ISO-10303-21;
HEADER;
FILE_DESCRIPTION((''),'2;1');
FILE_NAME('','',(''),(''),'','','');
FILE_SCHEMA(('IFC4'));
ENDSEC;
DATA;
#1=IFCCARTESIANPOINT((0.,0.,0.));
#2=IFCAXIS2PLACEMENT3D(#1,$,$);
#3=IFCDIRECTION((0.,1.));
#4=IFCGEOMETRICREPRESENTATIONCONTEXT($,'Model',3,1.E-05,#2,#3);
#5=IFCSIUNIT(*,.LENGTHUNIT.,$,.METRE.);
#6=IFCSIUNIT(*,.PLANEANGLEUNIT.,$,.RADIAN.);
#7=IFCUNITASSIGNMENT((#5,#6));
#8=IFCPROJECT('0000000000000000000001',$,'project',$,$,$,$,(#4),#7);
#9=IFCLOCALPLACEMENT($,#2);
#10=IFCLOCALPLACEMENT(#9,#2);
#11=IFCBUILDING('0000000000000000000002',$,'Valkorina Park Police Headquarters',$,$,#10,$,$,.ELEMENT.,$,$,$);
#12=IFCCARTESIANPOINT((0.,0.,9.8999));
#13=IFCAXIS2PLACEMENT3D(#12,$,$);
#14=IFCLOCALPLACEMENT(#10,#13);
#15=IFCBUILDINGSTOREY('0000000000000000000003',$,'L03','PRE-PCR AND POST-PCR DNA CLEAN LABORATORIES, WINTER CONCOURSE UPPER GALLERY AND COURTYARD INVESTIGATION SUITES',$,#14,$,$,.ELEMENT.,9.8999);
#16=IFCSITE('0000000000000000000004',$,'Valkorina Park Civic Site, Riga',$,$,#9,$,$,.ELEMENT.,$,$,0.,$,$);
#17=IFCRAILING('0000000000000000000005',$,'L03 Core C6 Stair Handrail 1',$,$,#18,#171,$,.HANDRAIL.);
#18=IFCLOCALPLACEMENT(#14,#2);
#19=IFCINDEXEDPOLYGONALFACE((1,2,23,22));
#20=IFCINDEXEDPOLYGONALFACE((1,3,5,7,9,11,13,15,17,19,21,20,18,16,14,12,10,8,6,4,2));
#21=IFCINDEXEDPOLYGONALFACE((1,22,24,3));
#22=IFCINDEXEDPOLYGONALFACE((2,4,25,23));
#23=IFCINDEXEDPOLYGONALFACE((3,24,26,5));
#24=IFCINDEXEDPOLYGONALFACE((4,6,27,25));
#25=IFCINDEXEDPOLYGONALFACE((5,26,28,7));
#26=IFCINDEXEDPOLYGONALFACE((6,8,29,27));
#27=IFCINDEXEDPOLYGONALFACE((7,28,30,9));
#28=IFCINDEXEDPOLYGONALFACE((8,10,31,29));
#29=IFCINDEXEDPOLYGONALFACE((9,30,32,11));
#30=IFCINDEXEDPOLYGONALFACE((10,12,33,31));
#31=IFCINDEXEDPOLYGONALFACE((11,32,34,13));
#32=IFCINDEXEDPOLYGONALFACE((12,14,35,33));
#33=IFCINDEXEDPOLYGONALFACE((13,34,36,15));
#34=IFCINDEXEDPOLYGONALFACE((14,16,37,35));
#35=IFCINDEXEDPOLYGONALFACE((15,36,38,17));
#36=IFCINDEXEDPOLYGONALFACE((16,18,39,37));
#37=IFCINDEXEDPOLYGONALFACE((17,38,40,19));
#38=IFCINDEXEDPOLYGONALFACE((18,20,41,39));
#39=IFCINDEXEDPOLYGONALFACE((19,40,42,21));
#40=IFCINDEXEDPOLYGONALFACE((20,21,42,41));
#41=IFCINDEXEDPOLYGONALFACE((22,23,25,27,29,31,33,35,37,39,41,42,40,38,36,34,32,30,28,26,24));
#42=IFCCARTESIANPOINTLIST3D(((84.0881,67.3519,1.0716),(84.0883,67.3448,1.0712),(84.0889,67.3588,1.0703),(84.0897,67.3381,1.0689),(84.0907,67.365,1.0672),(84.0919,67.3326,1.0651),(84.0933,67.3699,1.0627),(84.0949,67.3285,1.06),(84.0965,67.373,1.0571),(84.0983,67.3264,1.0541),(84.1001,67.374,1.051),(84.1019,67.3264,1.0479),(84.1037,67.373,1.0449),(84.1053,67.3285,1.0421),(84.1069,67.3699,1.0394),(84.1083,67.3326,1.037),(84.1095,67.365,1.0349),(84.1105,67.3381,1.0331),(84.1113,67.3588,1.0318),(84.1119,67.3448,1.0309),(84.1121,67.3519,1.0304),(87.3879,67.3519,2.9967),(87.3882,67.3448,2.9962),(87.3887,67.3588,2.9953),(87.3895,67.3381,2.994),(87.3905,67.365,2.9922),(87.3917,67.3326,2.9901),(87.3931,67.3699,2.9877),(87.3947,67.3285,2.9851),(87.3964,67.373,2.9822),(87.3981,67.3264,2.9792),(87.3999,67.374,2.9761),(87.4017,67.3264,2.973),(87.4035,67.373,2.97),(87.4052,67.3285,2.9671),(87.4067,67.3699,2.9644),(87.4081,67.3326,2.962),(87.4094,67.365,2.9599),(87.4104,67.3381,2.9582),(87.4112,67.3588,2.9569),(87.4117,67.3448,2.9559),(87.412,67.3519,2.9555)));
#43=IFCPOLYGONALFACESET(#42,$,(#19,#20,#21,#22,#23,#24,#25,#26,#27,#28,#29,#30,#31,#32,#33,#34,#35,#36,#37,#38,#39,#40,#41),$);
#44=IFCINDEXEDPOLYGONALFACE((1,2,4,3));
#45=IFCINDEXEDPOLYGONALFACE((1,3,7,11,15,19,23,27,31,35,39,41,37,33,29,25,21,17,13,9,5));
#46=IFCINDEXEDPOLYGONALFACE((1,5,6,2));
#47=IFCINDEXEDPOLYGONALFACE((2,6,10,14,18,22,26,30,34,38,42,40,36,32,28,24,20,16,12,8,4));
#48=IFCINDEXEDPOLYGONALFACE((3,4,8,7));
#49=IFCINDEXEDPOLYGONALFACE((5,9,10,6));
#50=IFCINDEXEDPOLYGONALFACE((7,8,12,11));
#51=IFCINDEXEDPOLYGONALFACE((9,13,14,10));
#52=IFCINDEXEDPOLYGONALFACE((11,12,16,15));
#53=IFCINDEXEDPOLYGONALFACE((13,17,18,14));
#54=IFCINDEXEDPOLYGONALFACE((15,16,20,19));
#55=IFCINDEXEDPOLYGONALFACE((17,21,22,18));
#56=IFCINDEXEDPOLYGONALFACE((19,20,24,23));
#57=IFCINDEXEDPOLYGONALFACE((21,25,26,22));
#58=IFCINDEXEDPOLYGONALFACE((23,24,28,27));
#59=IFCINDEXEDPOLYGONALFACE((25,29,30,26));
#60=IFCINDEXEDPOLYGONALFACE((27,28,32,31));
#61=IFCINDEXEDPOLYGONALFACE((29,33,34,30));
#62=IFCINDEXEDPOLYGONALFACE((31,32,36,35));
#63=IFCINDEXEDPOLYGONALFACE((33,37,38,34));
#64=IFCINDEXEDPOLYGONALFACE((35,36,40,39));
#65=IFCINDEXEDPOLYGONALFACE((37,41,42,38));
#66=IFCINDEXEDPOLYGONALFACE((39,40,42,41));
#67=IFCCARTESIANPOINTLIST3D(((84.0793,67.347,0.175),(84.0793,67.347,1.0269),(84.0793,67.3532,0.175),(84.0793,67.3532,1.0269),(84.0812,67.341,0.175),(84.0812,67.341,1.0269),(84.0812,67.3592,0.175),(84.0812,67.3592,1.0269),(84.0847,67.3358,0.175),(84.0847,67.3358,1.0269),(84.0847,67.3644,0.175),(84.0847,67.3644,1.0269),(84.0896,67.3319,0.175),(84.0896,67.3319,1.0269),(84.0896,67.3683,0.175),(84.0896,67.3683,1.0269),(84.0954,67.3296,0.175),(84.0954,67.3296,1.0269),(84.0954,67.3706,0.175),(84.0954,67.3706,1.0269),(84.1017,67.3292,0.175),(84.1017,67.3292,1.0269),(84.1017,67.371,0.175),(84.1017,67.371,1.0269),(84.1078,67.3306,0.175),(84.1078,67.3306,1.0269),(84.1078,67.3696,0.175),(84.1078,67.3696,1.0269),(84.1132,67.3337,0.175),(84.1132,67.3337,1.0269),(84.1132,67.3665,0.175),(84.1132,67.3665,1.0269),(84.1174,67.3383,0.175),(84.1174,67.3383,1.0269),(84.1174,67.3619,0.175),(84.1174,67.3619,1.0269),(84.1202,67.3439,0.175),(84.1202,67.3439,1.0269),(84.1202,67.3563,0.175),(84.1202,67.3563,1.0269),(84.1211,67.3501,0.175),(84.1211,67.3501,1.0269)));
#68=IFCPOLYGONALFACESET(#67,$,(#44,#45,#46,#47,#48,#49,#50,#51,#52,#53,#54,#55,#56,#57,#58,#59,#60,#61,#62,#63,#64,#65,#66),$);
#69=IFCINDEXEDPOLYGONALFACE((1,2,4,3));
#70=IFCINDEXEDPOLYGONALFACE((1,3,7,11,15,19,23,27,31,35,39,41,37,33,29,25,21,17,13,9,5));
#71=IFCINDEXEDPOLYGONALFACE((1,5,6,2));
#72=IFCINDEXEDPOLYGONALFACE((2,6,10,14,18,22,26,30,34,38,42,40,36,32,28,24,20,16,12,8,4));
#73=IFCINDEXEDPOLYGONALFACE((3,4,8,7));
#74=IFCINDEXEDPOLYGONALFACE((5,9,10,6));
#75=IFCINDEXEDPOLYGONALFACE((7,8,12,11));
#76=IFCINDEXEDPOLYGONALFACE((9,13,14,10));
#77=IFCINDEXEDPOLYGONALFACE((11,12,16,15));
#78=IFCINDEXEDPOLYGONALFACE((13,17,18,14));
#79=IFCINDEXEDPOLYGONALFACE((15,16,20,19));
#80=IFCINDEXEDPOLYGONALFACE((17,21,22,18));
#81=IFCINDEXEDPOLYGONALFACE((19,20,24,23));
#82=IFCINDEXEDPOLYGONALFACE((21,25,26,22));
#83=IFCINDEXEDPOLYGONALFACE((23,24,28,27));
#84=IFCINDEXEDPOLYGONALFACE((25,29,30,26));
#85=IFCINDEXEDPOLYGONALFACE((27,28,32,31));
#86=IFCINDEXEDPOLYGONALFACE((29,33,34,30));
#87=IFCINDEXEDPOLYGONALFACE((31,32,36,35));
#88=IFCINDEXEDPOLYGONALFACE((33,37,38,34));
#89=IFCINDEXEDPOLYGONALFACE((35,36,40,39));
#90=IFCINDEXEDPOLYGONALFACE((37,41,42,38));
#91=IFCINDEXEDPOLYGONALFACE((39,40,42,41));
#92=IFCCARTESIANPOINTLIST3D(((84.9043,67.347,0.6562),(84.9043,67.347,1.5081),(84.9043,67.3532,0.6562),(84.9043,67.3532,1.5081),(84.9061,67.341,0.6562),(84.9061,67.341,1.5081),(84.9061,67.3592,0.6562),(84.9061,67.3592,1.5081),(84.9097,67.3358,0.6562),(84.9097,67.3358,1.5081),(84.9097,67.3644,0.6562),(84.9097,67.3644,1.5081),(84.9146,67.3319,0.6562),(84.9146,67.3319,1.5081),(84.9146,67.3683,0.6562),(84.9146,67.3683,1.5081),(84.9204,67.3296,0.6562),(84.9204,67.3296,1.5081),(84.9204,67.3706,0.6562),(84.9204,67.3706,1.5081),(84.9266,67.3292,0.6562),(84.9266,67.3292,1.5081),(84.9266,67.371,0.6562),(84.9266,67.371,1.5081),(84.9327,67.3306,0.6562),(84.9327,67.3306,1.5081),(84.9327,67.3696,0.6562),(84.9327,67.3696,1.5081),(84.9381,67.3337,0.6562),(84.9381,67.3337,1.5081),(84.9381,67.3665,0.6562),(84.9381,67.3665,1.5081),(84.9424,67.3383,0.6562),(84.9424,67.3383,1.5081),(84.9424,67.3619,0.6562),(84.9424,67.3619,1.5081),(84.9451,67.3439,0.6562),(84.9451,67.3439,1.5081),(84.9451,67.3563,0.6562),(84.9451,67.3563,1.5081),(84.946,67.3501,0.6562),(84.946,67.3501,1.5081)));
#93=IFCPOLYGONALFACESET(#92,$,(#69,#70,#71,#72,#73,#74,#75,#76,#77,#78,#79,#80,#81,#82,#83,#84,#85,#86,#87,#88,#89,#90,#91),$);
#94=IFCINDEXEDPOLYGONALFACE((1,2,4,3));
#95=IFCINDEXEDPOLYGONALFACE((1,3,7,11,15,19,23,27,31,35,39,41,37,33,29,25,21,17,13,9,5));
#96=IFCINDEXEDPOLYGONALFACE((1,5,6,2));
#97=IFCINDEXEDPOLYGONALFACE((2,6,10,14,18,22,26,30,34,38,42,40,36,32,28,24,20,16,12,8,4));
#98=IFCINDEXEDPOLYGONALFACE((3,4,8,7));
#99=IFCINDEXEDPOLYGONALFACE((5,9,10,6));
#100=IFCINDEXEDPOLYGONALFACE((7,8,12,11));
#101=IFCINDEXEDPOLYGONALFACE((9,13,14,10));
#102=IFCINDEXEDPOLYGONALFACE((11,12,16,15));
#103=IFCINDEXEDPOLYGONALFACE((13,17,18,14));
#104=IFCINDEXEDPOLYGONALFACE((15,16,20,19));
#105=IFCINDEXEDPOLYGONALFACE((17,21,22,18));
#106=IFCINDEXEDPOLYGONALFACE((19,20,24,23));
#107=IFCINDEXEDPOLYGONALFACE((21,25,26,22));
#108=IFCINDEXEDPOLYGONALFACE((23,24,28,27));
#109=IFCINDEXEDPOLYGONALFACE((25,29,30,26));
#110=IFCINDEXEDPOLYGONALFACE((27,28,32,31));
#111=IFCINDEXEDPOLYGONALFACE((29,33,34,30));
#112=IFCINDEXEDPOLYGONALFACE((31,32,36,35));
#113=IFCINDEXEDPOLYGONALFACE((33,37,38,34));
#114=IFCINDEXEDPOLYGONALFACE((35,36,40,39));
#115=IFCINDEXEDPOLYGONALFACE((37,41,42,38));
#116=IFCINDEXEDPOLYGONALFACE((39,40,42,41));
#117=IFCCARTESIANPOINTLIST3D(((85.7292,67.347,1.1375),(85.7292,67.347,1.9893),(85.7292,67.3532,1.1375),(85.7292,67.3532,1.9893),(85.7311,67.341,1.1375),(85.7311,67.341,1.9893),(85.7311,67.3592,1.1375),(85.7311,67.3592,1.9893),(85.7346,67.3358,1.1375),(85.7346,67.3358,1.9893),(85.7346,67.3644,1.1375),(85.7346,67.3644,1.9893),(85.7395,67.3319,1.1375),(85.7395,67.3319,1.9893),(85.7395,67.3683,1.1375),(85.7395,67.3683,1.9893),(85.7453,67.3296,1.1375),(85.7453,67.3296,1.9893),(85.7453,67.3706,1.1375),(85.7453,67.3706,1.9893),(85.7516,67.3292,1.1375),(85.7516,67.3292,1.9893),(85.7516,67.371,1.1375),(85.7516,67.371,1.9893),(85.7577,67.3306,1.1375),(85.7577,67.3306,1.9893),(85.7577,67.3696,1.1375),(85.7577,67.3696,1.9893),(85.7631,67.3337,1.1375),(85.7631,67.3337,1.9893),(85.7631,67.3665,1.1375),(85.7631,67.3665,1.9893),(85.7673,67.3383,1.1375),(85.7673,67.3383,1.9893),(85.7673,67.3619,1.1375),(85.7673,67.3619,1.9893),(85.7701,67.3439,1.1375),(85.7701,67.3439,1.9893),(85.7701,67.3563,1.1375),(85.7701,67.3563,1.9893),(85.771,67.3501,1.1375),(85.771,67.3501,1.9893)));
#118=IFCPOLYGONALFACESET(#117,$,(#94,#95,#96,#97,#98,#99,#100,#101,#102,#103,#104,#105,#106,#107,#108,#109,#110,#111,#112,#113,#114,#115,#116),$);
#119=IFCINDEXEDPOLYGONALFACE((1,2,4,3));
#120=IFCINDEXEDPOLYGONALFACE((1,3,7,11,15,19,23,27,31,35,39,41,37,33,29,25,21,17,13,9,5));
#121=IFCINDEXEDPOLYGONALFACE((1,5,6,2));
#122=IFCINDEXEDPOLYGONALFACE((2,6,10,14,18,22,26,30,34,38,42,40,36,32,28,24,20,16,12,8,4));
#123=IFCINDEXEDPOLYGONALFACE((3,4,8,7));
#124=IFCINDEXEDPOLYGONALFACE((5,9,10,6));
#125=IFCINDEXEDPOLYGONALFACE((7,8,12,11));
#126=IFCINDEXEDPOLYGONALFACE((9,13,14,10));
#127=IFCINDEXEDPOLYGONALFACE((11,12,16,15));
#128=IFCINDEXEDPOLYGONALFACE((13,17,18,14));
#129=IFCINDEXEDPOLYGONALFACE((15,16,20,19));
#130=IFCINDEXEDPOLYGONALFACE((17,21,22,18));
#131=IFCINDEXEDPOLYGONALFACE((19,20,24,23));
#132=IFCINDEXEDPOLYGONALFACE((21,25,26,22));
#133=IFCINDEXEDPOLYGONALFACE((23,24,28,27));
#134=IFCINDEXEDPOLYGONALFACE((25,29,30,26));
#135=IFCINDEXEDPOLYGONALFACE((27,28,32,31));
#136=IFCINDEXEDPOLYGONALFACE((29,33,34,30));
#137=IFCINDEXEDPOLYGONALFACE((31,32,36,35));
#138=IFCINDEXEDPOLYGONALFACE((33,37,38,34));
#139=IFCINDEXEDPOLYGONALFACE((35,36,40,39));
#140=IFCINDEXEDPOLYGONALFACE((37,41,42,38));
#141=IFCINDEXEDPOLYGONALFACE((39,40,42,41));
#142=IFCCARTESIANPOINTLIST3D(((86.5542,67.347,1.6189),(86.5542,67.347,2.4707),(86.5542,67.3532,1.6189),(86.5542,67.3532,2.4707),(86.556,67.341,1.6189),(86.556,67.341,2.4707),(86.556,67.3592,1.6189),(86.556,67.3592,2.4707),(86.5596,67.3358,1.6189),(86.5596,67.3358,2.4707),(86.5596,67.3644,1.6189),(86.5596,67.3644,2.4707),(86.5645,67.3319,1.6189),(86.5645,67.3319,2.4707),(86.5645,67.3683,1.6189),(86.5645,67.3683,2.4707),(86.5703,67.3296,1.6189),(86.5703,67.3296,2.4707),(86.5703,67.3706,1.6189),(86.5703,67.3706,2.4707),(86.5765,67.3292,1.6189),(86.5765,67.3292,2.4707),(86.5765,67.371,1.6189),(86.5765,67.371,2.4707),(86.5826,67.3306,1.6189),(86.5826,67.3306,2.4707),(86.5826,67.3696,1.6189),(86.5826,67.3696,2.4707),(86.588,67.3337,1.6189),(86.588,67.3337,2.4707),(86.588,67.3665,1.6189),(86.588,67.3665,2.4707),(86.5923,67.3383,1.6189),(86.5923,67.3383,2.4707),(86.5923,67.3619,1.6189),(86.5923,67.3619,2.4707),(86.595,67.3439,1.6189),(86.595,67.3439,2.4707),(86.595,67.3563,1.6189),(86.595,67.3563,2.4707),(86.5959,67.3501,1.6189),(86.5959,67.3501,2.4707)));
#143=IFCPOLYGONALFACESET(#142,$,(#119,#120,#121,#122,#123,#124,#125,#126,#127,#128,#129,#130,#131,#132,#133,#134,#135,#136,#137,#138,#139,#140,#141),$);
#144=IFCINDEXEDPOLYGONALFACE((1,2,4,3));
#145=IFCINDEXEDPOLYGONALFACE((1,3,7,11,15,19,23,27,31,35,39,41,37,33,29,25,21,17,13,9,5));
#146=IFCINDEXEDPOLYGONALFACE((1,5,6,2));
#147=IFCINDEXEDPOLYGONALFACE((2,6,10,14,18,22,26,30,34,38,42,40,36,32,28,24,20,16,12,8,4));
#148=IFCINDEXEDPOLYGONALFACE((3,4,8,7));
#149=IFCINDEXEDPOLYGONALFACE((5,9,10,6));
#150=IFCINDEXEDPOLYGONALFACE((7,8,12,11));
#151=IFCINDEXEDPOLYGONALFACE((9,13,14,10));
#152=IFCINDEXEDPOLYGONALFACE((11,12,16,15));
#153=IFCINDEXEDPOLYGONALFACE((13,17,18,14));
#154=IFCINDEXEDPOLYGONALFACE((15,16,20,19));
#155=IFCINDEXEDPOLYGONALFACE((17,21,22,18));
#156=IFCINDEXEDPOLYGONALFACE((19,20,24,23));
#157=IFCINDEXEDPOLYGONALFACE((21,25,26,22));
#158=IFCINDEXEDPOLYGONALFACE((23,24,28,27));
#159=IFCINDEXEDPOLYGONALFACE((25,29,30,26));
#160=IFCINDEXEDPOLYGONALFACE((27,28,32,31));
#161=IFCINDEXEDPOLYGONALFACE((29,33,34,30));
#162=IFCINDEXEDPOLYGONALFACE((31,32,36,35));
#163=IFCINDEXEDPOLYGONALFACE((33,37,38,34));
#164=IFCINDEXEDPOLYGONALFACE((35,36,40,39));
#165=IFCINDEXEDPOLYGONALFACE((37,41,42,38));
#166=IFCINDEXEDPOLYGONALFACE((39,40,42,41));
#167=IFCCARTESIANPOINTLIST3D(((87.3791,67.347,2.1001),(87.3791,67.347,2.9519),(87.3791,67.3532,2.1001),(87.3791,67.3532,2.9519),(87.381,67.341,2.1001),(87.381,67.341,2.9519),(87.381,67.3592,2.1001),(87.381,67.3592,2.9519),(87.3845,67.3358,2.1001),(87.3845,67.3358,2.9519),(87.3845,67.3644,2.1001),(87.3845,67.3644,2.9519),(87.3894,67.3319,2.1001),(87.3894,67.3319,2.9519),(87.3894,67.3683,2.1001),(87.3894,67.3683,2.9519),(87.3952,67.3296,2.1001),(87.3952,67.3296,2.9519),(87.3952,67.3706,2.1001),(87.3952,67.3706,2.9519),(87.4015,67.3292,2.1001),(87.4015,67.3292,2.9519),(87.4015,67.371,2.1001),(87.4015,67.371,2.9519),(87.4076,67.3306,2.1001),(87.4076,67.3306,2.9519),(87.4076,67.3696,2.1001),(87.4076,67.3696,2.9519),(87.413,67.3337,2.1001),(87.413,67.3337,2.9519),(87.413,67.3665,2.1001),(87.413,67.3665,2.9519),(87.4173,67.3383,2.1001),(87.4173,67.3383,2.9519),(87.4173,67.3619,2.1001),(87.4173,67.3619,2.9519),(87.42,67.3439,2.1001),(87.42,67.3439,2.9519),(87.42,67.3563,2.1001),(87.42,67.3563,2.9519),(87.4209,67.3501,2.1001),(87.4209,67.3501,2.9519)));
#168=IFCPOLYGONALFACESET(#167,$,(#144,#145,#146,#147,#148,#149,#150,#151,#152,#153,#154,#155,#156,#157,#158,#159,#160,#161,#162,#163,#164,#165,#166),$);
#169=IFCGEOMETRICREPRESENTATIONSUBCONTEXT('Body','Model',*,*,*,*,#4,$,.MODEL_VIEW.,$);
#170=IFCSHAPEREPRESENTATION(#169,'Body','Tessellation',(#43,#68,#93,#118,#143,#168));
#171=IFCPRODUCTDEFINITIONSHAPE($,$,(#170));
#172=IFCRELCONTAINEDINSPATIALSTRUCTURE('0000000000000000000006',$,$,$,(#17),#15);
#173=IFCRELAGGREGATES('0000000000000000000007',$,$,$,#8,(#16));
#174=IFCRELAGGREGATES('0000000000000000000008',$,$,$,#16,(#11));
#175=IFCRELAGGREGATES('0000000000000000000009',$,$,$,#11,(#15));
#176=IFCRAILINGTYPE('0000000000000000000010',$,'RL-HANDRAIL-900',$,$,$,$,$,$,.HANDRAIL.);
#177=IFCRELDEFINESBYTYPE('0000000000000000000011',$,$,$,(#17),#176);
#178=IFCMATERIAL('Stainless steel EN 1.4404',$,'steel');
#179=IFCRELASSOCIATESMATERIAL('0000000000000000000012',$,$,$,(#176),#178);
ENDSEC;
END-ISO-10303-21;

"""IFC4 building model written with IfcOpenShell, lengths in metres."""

from ifc_helpers import new_model, si_unit, direction, frame, origin, origin_2d, place, context, subcontext, project, spatial, circle, extrude, material, type_object, element, save


model = new_model("IFC4")

# Units and contexts
model_context = context("Model", 3, precision=1e-05, world=origin(), true_north=direction((0.0, 1.0)))
body_context = subcontext(model_context, "Body", "Model", "MODEL_VIEW")
ifc_project = project(units=[si_unit("LENGTHUNIT", "METRE"), si_unit("PLANEANGLEUNIT", "RADIAN")], contexts=[model_context])

# Site, building, storey
site_placement = place(None, origin())
site = spatial("IfcSite", under=ifc_project, at=site_placement, Name="Valkorina Park Civic Site, Riga", CompositionType="ELEMENT", RefElevation=0.0)
building_placement = place(site_placement, origin())
building = spatial("IfcBuilding", under=site, at=building_placement, Name="Valkorina Park Police Headquarters", CompositionType="ELEMENT")
storey_placement = place(building_placement, frame((0.0, 0.0, 9.8999)))
storey = spatial("IfcBuildingStorey", under=building, at=storey_placement, Name="L03", Description="PRE-PCR AND POST-PCR DNA CLEAN LABORATORIES, WINTER CONCOURSE UPPER GALLERY AND COURTYARD INVESTIGATION SUITES", CompositionType="ELEMENT", Elevation=9.8999)

# Railing
ifc_material_1 = material(Name="Stainless steel EN 1.4404", Category="steel")
railing_type_1 = type_object("IfcRailingType", Name="RL-HANDRAIL-900", PredefinedType="HANDRAIL", material=ifc_material_1)
railing_1_placement = place(storey_placement, frame((84.1001, 67.3501, 0.175)))
element("IfcRailing", 1, at=railing_1_placement, inside=storey, type_object=railing_type_1, Name="L03 Core C6 Stair Handrail 1", PredefinedType="HANDRAIL", context=body_context, shape_type="SweptSolid", body=[
    extrude(circle(Radius=0.0239, at=origin_2d()), frame((0.0, 0.0, 0.876), z_axis=(0.86376, 0.0, 0.503903), x_axis=(0.0, 1.0, 0.0)), (0.0, 0.0, 1.0), 3.8203),
    extrude(circle(Radius=0.021, at=origin_2d()), origin(), (0.0, 0.0, 1.0), 0.8518),
    extrude(circle(Radius=0.021, at=origin_2d()), frame((0.825, 0.0, 0.4812)), (0.0, 0.0, 1.0), 0.8518),
    extrude(circle(Radius=0.021, at=origin_2d()), frame((1.6499, 0.0, 0.9624)), (0.0, 0.0, 1.0), 0.8518),
    extrude(circle(Radius=0.021, at=origin_2d()), frame((2.4749, 0.0, 1.4438)), (0.0, 0.0, 1.0), 0.8518),
    extrude(circle(Radius=0.021, at=origin_2d()), frame((3.2998, 0.0, 1.925)), (0.0, 0.0, 1.0), 0.8518),
])

save(model, "model.ifc")
